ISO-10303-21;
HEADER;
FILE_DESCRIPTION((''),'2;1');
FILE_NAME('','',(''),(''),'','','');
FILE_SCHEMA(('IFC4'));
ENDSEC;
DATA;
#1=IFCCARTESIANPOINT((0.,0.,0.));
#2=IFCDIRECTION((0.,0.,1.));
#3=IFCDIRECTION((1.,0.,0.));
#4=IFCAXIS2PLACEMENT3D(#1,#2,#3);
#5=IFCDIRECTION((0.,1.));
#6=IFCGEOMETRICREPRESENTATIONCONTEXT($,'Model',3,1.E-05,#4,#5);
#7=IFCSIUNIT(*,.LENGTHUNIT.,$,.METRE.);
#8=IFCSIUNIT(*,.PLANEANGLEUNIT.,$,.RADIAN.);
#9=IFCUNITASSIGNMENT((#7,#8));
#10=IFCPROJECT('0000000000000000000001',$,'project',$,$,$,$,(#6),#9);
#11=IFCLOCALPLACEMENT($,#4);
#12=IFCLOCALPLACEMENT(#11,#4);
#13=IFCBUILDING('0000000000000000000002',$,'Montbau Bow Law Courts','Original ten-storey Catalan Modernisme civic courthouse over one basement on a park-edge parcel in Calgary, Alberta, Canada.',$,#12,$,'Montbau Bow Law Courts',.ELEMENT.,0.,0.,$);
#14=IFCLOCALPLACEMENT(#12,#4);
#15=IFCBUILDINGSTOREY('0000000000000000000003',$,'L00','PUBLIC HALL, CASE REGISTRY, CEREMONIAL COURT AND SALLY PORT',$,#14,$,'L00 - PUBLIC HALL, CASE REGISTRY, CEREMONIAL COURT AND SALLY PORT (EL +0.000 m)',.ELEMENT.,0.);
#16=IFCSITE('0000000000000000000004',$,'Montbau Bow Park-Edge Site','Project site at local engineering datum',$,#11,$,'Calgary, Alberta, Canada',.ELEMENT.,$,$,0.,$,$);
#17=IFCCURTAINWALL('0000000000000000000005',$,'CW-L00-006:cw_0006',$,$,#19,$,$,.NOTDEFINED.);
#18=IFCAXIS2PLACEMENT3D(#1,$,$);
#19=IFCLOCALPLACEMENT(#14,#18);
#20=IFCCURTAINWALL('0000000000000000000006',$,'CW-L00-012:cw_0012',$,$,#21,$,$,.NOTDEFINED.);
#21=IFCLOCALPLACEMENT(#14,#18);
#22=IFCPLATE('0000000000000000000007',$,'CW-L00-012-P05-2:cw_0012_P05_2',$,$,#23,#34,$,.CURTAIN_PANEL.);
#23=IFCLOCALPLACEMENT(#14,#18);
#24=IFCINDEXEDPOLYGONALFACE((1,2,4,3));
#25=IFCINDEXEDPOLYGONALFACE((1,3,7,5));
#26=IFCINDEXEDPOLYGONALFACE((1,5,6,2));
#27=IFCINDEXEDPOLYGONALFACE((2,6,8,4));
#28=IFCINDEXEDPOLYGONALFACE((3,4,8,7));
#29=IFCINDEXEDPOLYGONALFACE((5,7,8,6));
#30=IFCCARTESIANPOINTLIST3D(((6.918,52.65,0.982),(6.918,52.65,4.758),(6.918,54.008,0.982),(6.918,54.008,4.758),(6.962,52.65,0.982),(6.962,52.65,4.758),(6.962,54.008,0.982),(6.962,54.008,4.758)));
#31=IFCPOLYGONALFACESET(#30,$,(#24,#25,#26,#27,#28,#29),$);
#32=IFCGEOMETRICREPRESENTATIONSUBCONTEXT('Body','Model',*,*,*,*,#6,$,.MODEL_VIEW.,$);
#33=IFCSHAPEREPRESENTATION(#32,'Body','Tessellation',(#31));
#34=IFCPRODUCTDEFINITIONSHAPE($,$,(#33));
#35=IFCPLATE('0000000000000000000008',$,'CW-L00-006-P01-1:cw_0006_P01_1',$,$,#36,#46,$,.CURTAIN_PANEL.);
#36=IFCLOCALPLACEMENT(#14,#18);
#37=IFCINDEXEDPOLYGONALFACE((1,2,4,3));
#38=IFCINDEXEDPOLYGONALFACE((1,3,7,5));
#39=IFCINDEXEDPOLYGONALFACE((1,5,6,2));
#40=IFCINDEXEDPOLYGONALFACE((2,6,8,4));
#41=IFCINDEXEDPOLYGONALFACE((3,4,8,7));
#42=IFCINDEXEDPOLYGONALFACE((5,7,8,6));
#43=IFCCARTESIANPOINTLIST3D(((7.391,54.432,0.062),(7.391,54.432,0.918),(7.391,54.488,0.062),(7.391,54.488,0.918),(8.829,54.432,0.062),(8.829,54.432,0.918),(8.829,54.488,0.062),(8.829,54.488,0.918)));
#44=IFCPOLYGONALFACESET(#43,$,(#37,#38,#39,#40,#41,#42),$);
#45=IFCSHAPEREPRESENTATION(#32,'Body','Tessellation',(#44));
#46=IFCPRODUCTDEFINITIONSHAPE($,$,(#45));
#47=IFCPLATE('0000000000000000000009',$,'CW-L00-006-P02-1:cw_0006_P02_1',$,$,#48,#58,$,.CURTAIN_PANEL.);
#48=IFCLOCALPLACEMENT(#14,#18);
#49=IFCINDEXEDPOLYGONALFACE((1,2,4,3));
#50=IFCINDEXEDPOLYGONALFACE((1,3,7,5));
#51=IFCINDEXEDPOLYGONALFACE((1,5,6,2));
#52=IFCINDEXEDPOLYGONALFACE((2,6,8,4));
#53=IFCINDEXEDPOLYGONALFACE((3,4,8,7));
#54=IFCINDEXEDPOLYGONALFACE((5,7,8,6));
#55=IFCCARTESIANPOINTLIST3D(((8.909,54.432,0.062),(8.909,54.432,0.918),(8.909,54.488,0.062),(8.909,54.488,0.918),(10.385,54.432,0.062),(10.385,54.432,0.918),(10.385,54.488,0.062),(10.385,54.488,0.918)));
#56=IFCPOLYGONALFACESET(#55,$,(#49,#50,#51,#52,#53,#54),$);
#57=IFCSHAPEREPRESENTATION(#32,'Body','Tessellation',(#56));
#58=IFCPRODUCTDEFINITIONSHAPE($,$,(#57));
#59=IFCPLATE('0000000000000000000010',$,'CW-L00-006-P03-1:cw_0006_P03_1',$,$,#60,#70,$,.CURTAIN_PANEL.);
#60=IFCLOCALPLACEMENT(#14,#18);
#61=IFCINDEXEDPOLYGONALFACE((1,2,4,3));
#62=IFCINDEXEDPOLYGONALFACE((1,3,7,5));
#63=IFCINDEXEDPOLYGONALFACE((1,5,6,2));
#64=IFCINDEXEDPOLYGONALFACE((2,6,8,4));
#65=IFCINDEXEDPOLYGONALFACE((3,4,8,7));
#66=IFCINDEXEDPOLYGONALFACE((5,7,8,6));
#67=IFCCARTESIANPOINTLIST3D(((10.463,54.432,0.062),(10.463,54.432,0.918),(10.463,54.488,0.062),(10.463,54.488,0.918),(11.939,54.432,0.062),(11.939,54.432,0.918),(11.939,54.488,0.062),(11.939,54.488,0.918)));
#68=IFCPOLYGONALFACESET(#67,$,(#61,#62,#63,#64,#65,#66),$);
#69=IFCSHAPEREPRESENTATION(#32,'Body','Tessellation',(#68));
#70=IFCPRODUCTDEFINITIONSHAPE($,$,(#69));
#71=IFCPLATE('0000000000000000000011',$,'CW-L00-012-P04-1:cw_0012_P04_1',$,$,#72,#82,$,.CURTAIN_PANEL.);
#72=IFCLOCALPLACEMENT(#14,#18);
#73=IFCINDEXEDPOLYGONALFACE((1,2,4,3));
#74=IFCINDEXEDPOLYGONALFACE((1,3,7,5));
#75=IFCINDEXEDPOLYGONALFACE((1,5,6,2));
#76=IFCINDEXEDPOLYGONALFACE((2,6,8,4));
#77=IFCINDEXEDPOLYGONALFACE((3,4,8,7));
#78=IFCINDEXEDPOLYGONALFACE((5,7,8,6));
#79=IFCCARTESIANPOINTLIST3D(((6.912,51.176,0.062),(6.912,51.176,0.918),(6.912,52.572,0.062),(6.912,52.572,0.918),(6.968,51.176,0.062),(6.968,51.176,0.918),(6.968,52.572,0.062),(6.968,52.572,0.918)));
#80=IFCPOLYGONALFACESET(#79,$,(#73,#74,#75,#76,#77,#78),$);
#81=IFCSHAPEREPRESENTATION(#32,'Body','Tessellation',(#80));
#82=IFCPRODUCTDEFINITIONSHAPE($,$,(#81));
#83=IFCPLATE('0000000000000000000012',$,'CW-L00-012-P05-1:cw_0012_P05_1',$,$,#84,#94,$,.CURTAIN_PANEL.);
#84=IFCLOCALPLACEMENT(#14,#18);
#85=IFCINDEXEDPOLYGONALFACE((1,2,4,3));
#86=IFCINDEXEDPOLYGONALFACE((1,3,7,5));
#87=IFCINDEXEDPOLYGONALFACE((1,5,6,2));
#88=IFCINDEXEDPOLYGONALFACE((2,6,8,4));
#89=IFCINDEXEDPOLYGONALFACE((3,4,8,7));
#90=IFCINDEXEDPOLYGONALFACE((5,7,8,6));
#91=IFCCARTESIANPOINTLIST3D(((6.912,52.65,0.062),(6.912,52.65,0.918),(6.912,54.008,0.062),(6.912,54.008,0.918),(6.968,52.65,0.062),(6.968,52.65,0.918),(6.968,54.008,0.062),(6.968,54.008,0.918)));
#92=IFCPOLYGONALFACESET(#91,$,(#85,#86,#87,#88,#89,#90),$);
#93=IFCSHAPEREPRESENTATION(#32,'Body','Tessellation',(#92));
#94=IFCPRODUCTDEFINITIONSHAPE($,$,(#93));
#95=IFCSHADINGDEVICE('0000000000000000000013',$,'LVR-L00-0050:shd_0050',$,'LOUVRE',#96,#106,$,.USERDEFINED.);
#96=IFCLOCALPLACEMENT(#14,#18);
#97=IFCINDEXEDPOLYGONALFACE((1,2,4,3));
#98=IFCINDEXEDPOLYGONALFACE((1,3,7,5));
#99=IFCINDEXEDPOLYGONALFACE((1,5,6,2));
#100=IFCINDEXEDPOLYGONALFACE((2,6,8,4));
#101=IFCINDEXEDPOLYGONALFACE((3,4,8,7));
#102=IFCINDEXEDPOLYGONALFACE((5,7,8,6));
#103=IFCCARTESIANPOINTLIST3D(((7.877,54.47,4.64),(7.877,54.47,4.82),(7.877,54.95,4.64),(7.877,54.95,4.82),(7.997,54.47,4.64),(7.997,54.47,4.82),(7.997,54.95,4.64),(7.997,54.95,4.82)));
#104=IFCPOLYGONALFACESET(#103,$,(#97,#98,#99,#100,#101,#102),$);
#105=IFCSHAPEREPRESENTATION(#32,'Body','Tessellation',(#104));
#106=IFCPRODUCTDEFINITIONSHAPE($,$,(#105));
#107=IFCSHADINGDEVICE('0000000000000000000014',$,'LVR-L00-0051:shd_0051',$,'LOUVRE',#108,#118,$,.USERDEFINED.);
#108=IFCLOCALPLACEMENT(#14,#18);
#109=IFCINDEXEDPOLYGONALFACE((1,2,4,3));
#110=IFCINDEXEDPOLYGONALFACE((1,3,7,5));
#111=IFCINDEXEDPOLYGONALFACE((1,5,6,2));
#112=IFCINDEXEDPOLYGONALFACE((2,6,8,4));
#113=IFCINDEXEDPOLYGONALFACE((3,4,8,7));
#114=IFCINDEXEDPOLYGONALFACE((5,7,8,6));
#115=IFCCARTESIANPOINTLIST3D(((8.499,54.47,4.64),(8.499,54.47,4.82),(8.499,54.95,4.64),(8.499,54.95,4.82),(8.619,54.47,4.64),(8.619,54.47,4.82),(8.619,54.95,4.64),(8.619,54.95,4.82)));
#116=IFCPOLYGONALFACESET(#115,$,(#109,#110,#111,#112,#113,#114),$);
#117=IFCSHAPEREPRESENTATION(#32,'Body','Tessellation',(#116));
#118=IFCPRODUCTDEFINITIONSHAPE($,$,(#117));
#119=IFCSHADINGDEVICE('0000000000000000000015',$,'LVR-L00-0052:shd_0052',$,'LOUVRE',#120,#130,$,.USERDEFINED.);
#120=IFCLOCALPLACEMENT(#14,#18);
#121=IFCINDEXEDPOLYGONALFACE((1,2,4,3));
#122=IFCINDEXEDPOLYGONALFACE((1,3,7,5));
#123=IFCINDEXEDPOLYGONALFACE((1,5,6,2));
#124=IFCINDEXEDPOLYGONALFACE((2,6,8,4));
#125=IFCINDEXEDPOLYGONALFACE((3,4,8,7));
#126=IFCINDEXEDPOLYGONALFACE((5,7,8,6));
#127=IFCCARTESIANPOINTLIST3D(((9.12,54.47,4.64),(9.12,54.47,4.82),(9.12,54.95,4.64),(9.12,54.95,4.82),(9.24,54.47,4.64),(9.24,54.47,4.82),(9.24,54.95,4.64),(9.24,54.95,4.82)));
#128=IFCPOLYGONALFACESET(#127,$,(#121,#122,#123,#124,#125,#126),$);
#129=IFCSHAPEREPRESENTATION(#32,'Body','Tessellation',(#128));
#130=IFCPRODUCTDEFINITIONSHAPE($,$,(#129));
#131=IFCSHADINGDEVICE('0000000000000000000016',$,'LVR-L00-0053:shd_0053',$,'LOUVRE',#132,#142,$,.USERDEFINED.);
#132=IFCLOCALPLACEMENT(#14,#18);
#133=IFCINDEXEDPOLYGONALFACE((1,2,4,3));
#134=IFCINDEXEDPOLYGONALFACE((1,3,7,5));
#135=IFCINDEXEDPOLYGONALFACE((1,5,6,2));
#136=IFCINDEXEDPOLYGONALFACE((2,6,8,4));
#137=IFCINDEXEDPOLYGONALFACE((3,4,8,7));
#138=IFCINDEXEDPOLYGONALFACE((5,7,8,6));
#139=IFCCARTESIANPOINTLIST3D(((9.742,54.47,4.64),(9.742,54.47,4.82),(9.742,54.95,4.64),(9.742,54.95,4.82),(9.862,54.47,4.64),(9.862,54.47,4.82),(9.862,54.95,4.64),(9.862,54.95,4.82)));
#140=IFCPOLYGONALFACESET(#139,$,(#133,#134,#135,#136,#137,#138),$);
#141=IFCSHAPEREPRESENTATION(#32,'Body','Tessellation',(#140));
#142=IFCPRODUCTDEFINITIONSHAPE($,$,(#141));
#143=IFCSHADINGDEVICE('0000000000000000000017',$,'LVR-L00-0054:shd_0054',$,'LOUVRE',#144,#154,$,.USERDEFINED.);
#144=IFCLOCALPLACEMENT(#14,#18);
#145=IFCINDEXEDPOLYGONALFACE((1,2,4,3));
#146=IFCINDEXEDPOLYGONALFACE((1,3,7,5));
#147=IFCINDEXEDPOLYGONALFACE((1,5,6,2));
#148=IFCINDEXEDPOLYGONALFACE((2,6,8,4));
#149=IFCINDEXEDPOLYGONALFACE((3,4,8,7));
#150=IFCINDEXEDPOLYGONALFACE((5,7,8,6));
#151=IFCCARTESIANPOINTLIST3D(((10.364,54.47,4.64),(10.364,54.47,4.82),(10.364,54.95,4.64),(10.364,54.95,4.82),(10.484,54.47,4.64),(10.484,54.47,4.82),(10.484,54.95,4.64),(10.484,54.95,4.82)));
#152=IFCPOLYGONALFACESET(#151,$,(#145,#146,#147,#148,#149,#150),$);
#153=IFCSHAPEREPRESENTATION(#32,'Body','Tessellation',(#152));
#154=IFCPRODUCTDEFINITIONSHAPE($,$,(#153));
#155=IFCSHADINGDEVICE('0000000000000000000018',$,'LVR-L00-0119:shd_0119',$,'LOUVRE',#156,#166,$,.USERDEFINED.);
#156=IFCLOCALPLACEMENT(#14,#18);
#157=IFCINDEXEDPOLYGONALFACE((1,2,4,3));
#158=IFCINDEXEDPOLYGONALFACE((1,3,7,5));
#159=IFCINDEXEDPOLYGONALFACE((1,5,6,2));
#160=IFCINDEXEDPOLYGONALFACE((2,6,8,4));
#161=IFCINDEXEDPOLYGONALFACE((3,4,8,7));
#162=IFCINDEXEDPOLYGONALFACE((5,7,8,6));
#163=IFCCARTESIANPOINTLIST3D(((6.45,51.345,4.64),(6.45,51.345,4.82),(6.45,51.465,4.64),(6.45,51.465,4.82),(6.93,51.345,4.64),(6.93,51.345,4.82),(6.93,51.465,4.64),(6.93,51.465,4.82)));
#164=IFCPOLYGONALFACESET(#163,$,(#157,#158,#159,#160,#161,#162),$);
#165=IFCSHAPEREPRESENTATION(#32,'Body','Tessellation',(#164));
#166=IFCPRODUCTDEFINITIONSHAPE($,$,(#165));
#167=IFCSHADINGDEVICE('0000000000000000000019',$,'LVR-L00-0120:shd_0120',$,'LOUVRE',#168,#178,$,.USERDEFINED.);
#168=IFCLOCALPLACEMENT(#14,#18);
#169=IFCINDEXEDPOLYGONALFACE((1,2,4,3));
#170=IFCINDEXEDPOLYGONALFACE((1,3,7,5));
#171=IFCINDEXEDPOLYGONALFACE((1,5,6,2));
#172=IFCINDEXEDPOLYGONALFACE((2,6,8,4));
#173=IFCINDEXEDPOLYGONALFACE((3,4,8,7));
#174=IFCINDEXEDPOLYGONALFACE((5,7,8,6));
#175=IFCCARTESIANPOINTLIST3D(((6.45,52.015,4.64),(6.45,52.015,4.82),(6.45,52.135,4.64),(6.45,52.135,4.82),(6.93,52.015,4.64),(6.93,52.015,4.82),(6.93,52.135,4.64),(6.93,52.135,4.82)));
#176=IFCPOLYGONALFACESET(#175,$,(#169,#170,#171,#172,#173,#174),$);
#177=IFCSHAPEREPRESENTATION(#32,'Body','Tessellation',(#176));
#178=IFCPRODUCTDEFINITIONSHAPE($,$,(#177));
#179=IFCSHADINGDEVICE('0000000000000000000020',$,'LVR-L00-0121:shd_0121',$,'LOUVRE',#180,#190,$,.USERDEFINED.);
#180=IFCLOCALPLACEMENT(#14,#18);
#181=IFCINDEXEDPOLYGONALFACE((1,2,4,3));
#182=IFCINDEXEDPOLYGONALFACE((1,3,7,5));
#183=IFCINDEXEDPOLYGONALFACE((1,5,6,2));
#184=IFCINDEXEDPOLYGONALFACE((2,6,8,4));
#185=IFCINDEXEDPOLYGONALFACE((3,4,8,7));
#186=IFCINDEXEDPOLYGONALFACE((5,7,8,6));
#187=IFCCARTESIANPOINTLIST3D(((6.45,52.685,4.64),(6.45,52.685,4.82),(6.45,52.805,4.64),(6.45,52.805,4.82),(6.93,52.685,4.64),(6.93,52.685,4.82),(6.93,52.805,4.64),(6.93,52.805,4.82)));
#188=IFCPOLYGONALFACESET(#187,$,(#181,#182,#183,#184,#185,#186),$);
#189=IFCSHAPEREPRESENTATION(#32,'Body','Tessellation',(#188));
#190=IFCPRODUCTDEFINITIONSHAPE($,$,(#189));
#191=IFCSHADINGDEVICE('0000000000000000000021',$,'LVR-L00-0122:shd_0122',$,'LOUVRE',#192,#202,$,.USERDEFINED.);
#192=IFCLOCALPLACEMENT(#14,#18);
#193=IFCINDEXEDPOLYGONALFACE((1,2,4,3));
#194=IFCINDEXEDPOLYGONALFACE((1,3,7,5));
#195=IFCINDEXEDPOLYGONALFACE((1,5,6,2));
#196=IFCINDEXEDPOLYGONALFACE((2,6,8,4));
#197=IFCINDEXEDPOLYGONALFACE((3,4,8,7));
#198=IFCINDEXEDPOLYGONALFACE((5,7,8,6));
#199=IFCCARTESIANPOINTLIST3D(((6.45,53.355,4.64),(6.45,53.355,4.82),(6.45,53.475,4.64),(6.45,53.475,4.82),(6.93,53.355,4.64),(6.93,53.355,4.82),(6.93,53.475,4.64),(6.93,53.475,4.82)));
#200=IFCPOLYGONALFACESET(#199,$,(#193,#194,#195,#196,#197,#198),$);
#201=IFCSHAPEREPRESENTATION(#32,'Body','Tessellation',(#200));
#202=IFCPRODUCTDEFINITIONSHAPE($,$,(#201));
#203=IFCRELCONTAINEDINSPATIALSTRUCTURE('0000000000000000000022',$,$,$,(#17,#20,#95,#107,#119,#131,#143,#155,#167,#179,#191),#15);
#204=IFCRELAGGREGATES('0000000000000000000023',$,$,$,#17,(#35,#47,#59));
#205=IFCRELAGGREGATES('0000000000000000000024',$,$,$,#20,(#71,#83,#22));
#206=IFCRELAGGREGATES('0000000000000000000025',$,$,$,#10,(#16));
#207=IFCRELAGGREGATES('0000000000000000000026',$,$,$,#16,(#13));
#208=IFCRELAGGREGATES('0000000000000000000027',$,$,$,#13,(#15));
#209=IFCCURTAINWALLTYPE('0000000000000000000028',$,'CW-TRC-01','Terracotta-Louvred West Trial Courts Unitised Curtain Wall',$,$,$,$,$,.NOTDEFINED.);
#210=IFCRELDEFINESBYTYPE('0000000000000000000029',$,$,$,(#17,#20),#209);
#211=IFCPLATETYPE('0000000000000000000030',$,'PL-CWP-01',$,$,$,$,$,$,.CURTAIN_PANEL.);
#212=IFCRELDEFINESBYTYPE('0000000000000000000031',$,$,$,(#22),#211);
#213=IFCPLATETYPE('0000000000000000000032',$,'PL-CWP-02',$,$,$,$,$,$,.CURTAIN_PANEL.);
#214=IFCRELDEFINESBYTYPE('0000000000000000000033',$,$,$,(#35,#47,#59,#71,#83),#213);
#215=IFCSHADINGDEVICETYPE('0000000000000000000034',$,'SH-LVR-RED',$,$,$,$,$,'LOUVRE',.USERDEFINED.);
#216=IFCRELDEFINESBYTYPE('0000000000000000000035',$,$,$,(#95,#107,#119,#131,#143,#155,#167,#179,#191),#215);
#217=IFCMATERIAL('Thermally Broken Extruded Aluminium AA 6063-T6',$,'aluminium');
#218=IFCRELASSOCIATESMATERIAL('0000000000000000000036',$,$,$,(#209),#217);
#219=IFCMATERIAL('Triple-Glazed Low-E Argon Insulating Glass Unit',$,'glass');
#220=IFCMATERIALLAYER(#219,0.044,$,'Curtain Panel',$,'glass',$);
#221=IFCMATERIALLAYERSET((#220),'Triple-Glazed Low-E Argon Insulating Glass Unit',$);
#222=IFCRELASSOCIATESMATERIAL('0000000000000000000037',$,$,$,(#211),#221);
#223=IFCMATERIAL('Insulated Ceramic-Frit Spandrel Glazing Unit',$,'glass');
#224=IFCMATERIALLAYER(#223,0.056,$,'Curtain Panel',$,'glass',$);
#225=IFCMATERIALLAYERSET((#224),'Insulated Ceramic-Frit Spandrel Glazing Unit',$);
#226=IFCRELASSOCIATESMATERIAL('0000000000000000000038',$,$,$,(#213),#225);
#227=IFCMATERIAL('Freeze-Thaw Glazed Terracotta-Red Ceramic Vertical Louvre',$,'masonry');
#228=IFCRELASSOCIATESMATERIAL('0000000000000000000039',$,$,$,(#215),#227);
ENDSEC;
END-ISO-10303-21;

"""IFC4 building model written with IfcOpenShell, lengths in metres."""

from ifc_helpers import new_model, si_unit, direction, frame, frame_2d, origin_with_axes, origin_2d_with_axis, place, context, subcontext, project, spatial, rectangle, extrude, material, layer, layer_set, type_object, element, aggregate, save


model = new_model("IFC4")

# Units and contexts
model_context = context("Model", 3, precision=1e-05, world=origin_with_axes(), true_north=direction((0.0, 1.0)))
body_context = subcontext(model_context, "Body", "Model", "MODEL_VIEW")
ifc_project = project(units=[si_unit("LENGTHUNIT", "METRE"), si_unit("PLANEANGLEUNIT", "RADIAN")], contexts=[model_context])

# Site, building, storey
site_placement = place(None, origin_with_axes())
site = spatial("IfcSite", under=ifc_project, at=site_placement, Name="Montbau Bow Park-Edge Site", Description="Project site at local engineering datum", LongName="Calgary, Alberta, Canada", CompositionType="ELEMENT", RefElevation=0.0)
building_placement = place(site_placement, origin_with_axes())
building = spatial("IfcBuilding", under=site, at=building_placement, Name="Montbau Bow Law Courts", Description="Original ten-storey Catalan Modernisme civic courthouse over one basement on a park-edge parcel in Calgary, Alberta, Canada.", LongName="Montbau Bow Law Courts", CompositionType="ELEMENT", ElevationOfRefHeight=0.0, ElevationOfTerrain=0.0)
storey_placement = place(building_placement, origin_with_axes())
storey = spatial("IfcBuildingStorey", under=building, at=storey_placement, Name="L00", Description="PUBLIC HALL, CASE REGISTRY, CEREMONIAL COURT AND SALLY PORT", LongName="L00 - PUBLIC HALL, CASE REGISTRY, CEREMONIAL COURT AND SALLY PORT (EL +0.000 m)", CompositionType="ELEMENT", Elevation=0.0)

# Curtain walls
ifc_material_1 = material(Name="Thermally Broken Extruded Aluminium AA 6063-T6", Category="aluminium")
curtain_wall_type = type_object("IfcCurtainWallType", Name="CW-TRC-01", Description="Terracotta-Louvred West Trial Courts Unitised Curtain Wall", PredefinedType="NOTDEFINED", material=ifc_material_1)
curtain_wall_1_placement = place(None, frame((7.315, 54.46, 0.0), z_axis=(0.0, 0.0, 1.0), x_axis=(1.0, 0.0, 0.0)))
curtain_wall_1 = element("IfcCurtainWall", 1, at=curtain_wall_1_placement, inside=storey, type_object=curtain_wall_type, Name="CW-L00-006:cw_0006", PredefinedType="NOTDEFINED")
curtain_wall_2_placement = place(None, frame((6.94, 46.715, 0.0), z_axis=(0.0, 0.0, 1.0), x_axis=(1.0, 0.0, 0.0)))
curtain_wall_2 = element("IfcCurtainWall", 2, at=curtain_wall_2_placement, inside=storey, type_object=curtain_wall_type, Name="CW-L00-012:cw_0012", PredefinedType="NOTDEFINED")

# Plates
ifc_material_2 = material(Name="Triple-Glazed Low-E Argon Insulating Glass Unit", Category="glass")
ifc_layer_1 = layer(ifc_material_2, 0.044, Name="Curtain Panel", Category="glass")
ifc_layer_set_1 = layer_set([ifc_layer_1], Name="Triple-Glazed Low-E Argon Insulating Glass Unit")
plate_type_1 = type_object("IfcPlateType", Name="PL-CWP-01", PredefinedType="CURTAIN_PANEL", material=ifc_layer_set_1)
plate_1_placement = place(None, frame((6.94, 52.65, 0.982), z_axis=(1.0, 0.0, 0.0), x_axis=(0.0, 1.0, 0.0)))
plate_1 = element("IfcPlate", 3, at=plate_1_placement, type_object=plate_type_1, Name="CW-L00-012-P05-2:cw_0012_P05_2", PredefinedType="CURTAIN_PANEL", context=body_context, shape_type="SweptSolid", body=[
    extrude(rectangle(XDim=1.358, YDim=3.776, at=frame_2d((0.679, 1.888), x_axis=(1.0, 0.0))), frame((0.0, 0.0, -0.022), z_axis=(0.0, 0.0, 1.0), x_axis=(1.0, 0.0, 0.0)), (0.0, 0.0, 1.0), 0.044),
])
ifc_material_3 = material(Name="Insulated Ceramic-Frit Spandrel Glazing Unit", Category="glass")
ifc_layer_2 = layer(ifc_material_3, 0.056, Name="Curtain Panel", Category="glass")
ifc_layer_set_2 = layer_set([ifc_layer_2], Name="Insulated Ceramic-Frit Spandrel Glazing Unit")
plate_type_2 = type_object("IfcPlateType", Name="PL-CWP-02", PredefinedType="CURTAIN_PANEL", material=ifc_layer_set_2)
plate_2_placement = place(None, frame((7.391, 54.46, 0.062), z_axis=(0.0, -1.0, 0.0), x_axis=(1.0, 0.0, 0.0)))
plate_2 = element("IfcPlate", 4, at=plate_2_placement, type_object=plate_type_2, Name="CW-L00-006-P01-1:cw_0006_P01_1", PredefinedType="CURTAIN_PANEL", context=body_context, shape_type="SweptSolid", body=[
    extrude(rectangle(XDim=1.438, YDim=0.856, at=frame_2d((0.719, 0.428), x_axis=(1.0, 0.0))), frame((0.0, 0.0, -0.028), z_axis=(0.0, 0.0, 1.0), x_axis=(1.0, 0.0, 0.0)), (0.0, 0.0, 1.0), 0.056),
])
plate_3_placement = place(None, frame((8.909, 54.46, 0.062), z_axis=(0.0, -1.0, 0.0), x_axis=(1.0, 0.0, 0.0)))
plate_3 = element("IfcPlate", 5, at=plate_3_placement, type_object=plate_type_2, Name="CW-L00-006-P02-1:cw_0006_P02_1", PredefinedType="CURTAIN_PANEL", context=body_context, shape_type="SweptSolid", body=[
    extrude(rectangle(XDim=1.476, YDim=0.856, at=frame_2d((0.738, 0.428), x_axis=(1.0, 0.0))), frame((0.0, 0.0, -0.028), z_axis=(0.0, 0.0, 1.0), x_axis=(1.0, 0.0, 0.0)), (0.0, 0.0, 1.0), 0.056),
])
plate_4_placement = place(None, frame((10.463, 54.46, 0.062), z_axis=(0.0, -1.0, 0.0), x_axis=(1.0, 0.0, 0.0)))
plate_4 = element("IfcPlate", 6, at=plate_4_placement, type_object=plate_type_2, Name="CW-L00-006-P03-1:cw_0006_P03_1", PredefinedType="CURTAIN_PANEL", context=body_context, shape_type="SweptSolid", body=[
    extrude(rectangle(XDim=1.476, YDim=0.856, at=frame_2d((0.738, 0.428), x_axis=(1.0, 0.0))), frame((0.0, 0.0, -0.028), z_axis=(0.0, 0.0, 1.0), x_axis=(1.0, 0.0, 0.0)), (0.0, 0.0, 1.0), 0.056),
])
aggregate(curtain_wall_1, [plate_2, plate_3, plate_4])
plate_5_placement = place(None, frame((6.94, 51.176, 0.062), z_axis=(1.0, 0.0, 0.0), x_axis=(0.0, 1.0, 0.0)))
plate_5 = element("IfcPlate", 7, at=plate_5_placement, type_object=plate_type_2, Name="CW-L00-012-P04-1:cw_0012_P04_1", PredefinedType="CURTAIN_PANEL", context=body_context, shape_type="SweptSolid", body=[
    extrude(rectangle(XDim=1.396, YDim=0.856, at=frame_2d((0.698, 0.428), x_axis=(1.0, 0.0))), frame((0.0, 0.0, -0.028), z_axis=(0.0, 0.0, 1.0), x_axis=(1.0, 0.0, 0.0)), (0.0, 0.0, 1.0), 0.056),
])
plate_6_placement = place(None, frame((6.94, 52.65, 0.062), z_axis=(1.0, 0.0, 0.0), x_axis=(0.0, 1.0, 0.0)))
plate_6 = element("IfcPlate", 8, at=plate_6_placement, type_object=plate_type_2, Name="CW-L00-012-P05-1:cw_0012_P05_1", PredefinedType="CURTAIN_PANEL", context=body_context, shape_type="SweptSolid", body=[
    extrude(rectangle(XDim=1.358, YDim=0.856, at=frame_2d((0.679, 0.428), x_axis=(1.0, 0.0))), frame((0.0, 0.0, -0.028), z_axis=(0.0, 0.0, 1.0), x_axis=(1.0, 0.0, 0.0)), (0.0, 0.0, 1.0), 0.056),
])
aggregate(curtain_wall_2, [plate_5, plate_6, plate_1])

# Shading devices
ifc_material_4 = material(Name="Freeze-Thaw Glazed Terracotta-Red Ceramic Vertical Louvre", Category="masonry")
shading_device_type = type_object("IfcShadingDeviceType", Name="SH-LVR-RED", ElementType="LOUVRE", PredefinedType="USERDEFINED", material=ifc_material_4)
for number, where, z_axis, x_axis, name in (
    (9, (7.937, 54.71, 4.64), (0.0, 0.0, 1.0), (0.0, 1.0, 0.0), "LVR-L00-0050:shd_0050"),
    (10, (8.559, 54.71, 4.64), (0.0, 0.0, 1.0), (0.0, 1.0, 0.0), "LVR-L00-0051:shd_0051"),
    (11, (9.18, 54.71, 4.64), (0.0, 0.0, 1.0), (0.0, 1.0, 0.0), "LVR-L00-0052:shd_0052"),
    (12, (9.802, 54.71, 4.64), (0.0, 0.0, 1.0), (0.0, 1.0, 0.0), "LVR-L00-0053:shd_0053"),
    (13, (10.424, 54.71, 4.64), (0.0, 0.0, 1.0), (0.0, 1.0, 0.0), "LVR-L00-0054:shd_0054"),
    (14, (6.69, 51.405, 4.64), (0.0, 0.0, 1.0), (-1.0, 0.0, 0.0), "LVR-L00-0119:shd_0119"),
    (15, (6.69, 52.075, 4.64), (0.0, 0.0, 1.0), (-1.0, 0.0, 0.0), "LVR-L00-0120:shd_0120"),
    (16, (6.69, 52.745, 4.64), (0.0, 0.0, 1.0), (-1.0, 0.0, 0.0), "LVR-L00-0121:shd_0121"),
    (17, (6.69, 53.415, 4.64), (0.0, 0.0, 1.0), (-1.0, 0.0, 0.0), "LVR-L00-0122:shd_0122"),
):
    element("IfcShadingDevice", number, at=place(None, frame(where, z_axis=z_axis, x_axis=x_axis)), inside=storey, type_object=shading_device_type, Name=name, ObjectType="LOUVRE", PredefinedType="USERDEFINED", context=body_context, shape_type="SweptSolid", body=[
        extrude(rectangle(XDim=0.48, YDim=0.12, at=origin_2d_with_axis()), origin_with_axes(), (0.0, 0.0, 1.0), 0.18),
    ])

save(model, "model.ifc")
